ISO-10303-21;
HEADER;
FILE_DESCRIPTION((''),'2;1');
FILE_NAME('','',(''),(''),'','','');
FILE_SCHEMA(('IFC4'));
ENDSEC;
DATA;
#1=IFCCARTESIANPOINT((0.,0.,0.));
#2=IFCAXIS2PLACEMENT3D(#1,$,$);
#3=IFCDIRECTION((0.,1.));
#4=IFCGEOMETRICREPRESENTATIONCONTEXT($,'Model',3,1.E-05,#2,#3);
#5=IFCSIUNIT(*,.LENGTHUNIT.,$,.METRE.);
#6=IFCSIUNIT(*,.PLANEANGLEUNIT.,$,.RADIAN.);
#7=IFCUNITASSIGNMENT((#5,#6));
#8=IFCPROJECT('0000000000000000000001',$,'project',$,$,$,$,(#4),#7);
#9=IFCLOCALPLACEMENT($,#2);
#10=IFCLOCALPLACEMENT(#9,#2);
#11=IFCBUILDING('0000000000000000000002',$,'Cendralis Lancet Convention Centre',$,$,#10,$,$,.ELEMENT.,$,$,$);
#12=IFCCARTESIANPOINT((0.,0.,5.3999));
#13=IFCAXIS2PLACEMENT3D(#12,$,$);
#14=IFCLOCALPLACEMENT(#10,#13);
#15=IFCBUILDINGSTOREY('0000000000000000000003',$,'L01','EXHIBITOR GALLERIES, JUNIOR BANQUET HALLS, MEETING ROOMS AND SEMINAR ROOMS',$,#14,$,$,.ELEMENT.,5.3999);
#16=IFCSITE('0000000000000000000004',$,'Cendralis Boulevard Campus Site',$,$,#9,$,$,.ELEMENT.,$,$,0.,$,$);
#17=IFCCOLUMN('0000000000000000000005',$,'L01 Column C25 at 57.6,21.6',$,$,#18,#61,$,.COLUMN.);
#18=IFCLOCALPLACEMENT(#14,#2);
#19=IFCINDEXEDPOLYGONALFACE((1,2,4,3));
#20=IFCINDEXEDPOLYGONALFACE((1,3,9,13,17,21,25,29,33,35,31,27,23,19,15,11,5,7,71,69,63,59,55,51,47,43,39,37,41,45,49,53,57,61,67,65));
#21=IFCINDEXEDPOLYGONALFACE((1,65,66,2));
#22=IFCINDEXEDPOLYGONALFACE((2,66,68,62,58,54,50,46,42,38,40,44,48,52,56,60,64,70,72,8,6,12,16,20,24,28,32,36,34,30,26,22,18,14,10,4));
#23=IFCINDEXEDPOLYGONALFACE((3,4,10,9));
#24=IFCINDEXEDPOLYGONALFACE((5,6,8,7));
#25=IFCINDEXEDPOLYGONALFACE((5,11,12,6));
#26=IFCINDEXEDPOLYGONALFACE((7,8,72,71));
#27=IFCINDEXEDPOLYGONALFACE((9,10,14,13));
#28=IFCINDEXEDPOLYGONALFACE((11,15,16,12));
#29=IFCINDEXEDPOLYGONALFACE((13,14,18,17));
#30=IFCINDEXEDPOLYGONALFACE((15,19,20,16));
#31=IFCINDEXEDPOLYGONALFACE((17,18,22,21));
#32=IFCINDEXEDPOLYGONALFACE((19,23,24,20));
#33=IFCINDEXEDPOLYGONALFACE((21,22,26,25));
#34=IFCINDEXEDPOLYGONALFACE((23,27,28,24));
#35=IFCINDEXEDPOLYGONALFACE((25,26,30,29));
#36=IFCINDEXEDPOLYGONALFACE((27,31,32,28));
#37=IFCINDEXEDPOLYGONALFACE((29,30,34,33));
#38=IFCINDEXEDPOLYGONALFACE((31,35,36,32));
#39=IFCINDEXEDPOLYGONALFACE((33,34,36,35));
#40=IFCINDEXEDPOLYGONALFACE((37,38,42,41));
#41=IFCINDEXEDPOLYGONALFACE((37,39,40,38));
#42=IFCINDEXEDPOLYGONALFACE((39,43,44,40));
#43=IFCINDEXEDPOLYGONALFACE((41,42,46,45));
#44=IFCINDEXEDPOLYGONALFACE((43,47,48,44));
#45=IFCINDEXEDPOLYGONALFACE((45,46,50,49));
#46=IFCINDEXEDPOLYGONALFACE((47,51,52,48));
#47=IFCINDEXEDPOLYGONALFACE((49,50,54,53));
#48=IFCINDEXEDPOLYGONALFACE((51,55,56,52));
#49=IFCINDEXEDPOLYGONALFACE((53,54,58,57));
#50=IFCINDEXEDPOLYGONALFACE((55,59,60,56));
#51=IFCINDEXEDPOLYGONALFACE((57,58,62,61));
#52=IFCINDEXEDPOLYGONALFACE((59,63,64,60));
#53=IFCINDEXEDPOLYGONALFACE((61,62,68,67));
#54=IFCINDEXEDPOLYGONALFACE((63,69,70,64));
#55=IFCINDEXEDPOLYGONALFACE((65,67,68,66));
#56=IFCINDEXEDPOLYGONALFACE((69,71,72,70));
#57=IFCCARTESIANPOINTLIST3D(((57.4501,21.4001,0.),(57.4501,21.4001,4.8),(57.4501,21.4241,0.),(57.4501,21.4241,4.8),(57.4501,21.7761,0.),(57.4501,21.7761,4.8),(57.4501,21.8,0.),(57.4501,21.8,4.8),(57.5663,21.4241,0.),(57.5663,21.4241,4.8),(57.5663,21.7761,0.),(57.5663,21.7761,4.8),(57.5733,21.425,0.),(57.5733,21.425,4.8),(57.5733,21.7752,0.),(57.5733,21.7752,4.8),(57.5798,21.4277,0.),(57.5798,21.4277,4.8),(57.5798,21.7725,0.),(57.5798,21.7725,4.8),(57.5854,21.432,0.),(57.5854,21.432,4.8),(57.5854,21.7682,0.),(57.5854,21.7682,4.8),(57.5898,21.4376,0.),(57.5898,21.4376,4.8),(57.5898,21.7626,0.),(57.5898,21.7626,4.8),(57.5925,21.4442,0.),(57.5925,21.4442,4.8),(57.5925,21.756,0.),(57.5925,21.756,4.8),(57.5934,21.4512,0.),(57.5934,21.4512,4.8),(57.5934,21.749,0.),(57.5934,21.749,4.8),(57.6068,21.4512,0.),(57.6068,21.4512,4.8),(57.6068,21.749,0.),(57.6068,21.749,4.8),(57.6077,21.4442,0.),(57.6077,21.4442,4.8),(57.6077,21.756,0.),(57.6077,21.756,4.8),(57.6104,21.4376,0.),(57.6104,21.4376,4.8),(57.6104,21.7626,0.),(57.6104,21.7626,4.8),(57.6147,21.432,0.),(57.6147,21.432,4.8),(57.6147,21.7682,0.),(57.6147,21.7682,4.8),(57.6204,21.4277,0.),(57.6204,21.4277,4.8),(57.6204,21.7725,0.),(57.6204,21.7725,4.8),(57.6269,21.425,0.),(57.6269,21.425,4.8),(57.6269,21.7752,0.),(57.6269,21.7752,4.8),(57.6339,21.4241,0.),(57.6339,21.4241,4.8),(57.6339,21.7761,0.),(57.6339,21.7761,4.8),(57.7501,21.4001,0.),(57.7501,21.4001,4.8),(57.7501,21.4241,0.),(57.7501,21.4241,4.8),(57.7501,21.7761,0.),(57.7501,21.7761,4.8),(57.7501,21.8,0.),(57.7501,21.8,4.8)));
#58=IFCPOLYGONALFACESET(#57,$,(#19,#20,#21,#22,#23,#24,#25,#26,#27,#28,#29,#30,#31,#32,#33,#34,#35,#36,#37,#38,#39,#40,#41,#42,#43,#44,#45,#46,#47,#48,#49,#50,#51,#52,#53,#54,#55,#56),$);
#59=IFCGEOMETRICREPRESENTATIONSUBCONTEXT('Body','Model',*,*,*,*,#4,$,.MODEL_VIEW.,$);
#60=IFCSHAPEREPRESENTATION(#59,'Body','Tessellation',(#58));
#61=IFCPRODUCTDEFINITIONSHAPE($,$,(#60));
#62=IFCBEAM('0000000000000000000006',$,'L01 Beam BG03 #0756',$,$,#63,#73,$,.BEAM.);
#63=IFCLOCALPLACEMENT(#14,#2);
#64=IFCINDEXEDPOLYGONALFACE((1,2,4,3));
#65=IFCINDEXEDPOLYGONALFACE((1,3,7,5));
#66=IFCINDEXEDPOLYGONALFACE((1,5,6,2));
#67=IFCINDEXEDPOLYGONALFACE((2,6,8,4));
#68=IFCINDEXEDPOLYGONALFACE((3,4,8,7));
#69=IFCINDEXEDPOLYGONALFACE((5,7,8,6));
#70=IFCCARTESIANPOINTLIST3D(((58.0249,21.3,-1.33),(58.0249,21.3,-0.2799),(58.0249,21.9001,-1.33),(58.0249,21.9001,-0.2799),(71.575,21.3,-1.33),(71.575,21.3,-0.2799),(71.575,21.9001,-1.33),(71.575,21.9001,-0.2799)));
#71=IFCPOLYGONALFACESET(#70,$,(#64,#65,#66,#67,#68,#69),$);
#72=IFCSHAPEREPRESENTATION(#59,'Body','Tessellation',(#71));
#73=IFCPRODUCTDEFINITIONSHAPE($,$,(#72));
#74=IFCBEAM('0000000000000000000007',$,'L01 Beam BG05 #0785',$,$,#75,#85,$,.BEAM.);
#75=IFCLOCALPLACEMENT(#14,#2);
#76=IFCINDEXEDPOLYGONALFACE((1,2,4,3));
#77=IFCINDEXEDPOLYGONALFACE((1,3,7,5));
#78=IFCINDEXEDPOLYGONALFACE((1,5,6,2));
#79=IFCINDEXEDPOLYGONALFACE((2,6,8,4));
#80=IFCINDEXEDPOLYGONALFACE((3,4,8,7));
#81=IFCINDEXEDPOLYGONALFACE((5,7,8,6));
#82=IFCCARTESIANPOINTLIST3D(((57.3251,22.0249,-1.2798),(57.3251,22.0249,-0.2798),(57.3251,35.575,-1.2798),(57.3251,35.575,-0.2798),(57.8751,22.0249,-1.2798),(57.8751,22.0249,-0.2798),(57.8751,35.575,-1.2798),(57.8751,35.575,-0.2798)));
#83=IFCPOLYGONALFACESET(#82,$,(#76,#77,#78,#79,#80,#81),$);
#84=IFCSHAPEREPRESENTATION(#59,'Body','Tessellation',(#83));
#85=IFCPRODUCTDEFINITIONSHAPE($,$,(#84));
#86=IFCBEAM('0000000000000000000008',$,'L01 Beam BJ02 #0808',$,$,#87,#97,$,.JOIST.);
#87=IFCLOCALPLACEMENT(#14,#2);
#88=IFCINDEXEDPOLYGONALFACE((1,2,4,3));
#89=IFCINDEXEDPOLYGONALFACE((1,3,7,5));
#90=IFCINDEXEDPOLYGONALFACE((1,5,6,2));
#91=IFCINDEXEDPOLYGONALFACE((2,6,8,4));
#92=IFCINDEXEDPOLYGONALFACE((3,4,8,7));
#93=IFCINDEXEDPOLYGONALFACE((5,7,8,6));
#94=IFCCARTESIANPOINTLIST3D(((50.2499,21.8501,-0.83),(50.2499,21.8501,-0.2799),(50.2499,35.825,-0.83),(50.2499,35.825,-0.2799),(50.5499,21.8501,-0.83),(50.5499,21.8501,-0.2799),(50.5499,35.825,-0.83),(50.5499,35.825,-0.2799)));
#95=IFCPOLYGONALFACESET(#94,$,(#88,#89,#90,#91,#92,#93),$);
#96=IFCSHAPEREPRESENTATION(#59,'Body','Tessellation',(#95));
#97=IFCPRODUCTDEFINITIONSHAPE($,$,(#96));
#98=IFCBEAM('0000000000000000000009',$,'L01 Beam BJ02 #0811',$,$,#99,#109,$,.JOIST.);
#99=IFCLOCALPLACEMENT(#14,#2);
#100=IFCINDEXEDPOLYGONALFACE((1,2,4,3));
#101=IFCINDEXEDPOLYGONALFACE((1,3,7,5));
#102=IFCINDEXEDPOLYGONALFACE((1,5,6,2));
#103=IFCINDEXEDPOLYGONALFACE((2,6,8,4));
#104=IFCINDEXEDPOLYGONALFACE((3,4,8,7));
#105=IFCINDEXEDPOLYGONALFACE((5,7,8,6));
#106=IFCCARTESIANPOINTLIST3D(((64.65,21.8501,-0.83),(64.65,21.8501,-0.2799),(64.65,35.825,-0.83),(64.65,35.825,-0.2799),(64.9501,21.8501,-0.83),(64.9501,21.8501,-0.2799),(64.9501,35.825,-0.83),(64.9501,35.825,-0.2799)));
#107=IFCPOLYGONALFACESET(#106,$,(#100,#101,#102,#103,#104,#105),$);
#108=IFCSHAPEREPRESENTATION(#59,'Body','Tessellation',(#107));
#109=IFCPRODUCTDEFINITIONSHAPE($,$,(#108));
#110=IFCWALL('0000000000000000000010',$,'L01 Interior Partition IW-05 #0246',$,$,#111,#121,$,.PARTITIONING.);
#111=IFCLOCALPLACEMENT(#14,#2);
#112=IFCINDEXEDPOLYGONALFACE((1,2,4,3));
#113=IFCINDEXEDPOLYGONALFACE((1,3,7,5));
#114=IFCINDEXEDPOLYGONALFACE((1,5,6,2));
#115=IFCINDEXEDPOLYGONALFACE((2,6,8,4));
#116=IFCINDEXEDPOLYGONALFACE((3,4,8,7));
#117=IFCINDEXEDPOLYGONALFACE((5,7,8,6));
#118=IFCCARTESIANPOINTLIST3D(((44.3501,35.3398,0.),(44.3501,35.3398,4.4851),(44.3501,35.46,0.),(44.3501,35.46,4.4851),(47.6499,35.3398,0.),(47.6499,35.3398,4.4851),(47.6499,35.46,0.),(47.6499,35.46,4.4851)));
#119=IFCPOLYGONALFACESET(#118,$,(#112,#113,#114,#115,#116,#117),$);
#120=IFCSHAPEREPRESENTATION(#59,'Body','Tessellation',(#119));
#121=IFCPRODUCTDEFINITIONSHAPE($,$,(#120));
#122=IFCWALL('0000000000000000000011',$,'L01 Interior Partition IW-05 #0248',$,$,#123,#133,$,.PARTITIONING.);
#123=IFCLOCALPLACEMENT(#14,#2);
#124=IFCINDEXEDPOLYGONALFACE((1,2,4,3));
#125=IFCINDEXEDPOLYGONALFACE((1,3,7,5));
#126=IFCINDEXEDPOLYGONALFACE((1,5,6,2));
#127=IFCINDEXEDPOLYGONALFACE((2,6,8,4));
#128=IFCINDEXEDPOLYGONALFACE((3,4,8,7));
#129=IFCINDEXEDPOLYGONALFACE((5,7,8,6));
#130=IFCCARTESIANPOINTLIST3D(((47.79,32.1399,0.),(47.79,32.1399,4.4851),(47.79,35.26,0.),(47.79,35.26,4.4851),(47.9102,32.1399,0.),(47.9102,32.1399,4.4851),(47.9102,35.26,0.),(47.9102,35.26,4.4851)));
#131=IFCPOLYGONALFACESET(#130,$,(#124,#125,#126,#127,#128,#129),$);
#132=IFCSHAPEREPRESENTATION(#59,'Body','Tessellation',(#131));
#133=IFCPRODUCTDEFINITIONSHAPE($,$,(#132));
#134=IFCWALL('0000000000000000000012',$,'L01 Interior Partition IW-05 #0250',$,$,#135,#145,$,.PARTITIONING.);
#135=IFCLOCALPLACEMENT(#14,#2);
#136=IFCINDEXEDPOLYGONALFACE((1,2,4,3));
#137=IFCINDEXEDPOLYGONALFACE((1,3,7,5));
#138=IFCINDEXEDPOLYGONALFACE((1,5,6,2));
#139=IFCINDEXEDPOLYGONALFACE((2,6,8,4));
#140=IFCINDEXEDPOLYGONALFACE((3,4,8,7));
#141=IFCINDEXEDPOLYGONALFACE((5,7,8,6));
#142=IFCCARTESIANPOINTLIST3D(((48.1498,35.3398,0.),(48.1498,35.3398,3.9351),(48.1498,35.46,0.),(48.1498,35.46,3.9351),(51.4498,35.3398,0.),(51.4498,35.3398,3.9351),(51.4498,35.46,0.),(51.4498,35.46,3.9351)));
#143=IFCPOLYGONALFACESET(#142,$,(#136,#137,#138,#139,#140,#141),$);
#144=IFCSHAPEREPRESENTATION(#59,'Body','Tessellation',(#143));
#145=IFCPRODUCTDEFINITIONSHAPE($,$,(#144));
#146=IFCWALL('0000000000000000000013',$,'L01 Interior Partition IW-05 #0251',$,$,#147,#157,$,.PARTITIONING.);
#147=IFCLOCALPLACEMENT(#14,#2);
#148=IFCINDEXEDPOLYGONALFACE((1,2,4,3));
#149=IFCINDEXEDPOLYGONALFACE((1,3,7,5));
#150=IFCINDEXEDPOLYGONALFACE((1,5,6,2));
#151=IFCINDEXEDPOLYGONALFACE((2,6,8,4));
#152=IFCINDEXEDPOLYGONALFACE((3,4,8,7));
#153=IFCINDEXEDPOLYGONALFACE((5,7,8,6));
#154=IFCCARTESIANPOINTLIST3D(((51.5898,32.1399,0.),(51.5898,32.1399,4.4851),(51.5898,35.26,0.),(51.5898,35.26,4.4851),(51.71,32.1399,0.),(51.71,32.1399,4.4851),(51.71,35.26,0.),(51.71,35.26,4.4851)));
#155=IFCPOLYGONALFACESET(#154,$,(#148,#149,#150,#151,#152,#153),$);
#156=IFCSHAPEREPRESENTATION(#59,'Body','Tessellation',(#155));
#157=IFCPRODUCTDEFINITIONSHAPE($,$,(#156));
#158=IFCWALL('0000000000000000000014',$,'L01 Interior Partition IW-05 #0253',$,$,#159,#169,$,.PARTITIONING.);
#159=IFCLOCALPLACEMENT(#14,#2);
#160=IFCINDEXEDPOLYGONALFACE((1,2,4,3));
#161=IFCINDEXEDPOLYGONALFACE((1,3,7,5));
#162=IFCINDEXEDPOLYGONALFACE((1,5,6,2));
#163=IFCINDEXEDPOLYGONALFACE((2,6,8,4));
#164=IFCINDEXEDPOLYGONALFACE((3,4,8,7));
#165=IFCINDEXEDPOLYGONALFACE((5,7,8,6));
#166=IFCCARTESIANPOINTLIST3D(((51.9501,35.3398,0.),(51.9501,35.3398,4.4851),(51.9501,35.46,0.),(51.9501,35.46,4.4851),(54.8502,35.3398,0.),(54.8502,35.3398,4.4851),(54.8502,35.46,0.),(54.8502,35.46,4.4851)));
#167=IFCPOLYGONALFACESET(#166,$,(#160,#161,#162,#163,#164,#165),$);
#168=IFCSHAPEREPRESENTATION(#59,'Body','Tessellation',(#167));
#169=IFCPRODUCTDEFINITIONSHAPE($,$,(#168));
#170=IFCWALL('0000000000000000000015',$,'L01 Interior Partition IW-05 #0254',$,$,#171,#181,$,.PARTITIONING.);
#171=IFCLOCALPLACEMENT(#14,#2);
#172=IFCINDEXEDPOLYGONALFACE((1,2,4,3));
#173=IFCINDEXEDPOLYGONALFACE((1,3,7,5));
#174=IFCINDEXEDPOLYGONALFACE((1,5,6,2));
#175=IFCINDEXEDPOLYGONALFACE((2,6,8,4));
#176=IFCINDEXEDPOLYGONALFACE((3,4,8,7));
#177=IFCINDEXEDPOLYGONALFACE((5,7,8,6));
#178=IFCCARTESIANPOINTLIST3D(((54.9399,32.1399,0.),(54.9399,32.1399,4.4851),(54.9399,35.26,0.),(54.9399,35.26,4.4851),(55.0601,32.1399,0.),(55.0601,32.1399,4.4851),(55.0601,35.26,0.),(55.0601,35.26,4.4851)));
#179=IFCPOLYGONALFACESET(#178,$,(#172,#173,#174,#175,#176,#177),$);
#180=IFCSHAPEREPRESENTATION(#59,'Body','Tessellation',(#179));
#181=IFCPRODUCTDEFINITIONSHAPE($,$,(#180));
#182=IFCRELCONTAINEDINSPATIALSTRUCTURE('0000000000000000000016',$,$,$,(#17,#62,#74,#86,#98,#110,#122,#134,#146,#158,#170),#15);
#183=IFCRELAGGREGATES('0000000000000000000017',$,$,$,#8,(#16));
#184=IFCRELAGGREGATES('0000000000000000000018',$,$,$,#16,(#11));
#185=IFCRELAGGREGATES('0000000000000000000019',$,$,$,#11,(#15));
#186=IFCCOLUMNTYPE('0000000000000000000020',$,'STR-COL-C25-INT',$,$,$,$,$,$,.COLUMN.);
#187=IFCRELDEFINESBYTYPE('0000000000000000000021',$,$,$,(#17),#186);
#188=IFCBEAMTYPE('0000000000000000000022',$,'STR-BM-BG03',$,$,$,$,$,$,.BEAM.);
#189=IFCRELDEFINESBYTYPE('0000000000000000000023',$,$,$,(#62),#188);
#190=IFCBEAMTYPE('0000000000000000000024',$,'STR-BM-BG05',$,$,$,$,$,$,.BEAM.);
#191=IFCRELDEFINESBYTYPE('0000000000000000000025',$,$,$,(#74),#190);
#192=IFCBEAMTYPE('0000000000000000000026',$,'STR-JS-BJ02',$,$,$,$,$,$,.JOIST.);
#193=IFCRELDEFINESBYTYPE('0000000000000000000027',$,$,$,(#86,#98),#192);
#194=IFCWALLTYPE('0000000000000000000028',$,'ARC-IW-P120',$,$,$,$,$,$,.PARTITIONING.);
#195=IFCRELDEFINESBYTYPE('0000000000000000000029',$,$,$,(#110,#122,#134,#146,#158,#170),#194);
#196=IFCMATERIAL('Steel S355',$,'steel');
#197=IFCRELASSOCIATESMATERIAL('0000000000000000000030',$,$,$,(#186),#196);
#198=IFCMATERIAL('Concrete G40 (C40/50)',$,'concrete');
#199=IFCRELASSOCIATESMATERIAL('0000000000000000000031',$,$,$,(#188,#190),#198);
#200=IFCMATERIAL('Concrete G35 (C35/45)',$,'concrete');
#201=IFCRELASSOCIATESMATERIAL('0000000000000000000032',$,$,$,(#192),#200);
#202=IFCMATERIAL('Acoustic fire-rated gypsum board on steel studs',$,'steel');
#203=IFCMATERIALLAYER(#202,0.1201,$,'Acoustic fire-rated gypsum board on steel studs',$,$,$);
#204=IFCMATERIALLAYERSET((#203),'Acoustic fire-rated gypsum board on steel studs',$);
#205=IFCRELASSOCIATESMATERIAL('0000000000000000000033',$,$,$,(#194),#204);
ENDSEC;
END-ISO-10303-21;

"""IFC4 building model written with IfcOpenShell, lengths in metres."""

from ifc_helpers import new_model, si_unit, direction, frame, frame_2d, origin, origin_2d, place, context, subcontext, project, spatial, rectangle, i_section, extrude, material, layer, layer_set, material_profile, profile_set, type_object, element, save


model = new_model("IFC4")

# Units and contexts
model_context = context("Model", 3, precision=1e-05, world=origin(), true_north=direction((0.0, 1.0)))
body_context = subcontext(model_context, "Body", "Model", "MODEL_VIEW")
ifc_project = project(units=[si_unit("LENGTHUNIT", "METRE"), si_unit("PLANEANGLEUNIT", "RADIAN")], contexts=[model_context])

# Site, building, storey
site_placement = place(None, origin())
site = spatial("IfcSite", under=ifc_project, at=site_placement, Name="Cendralis Boulevard Campus Site", CompositionType="ELEMENT", RefElevation=0.0)
building_placement = place(site_placement, origin())
building = spatial("IfcBuilding", under=site, at=building_placement, Name="Cendralis Lancet Convention Centre", CompositionType="ELEMENT")
storey_placement = place(building_placement, frame((0.0, 0.0, 5.3999)))
storey = spatial("IfcBuildingStorey", under=building, at=storey_placement, Name="L01", Description="EXHIBITOR GALLERIES, JUNIOR BANQUET HALLS, MEETING ROOMS AND SEMINAR ROOMS", CompositionType="ELEMENT", Elevation=5.3999)

# Column
ifc_material_1 = material(Name="Steel S355", Category="steel")
ifc_material_profile_1 = material_profile(ifc_material_1, i_section(OverallWidth=0.3, OverallDepth=0.3999, WebThickness=0.0134, FlangeThickness=0.0239, FilletRadius=0.0271, at=origin_2d()), Name="HEB 400")
ifc_profile_set_1 = profile_set([ifc_material_profile_1], Name="Steel S355")
column_type = type_object("IfcColumnType", Name="STR-COL-C25-INT", PredefinedType="COLUMN", material=ifc_profile_set_1)
column_placement = place(storey_placement, frame((57.6001, 21.6001, 0.0), z_axis=(0.0, 0.0, 1.0), x_axis=(1.0, 0.0, 0.0)))
element("IfcColumn", 1, at=column_placement, inside=storey, type_object=column_type, Name="L01 Column C25 at 57.6,21.6", PredefinedType="COLUMN", context=body_context, shape_type="SweptSolid", body=[
    extrude(i_section(OverallWidth=0.3, OverallDepth=0.3999, WebThickness=0.0134, FlangeThickness=0.0239, FilletRadius=0.0271, at=origin_2d()), origin(), (0.0, 0.0, 1.0), 4.8),
])

# Beams
ifc_material_2 = material(Name="Concrete G40 (C40/50)", Category="concrete")
ifc_material_profile_2 = material_profile(ifc_material_2, rectangle(XDim=0.6001, YDim=1.05, at=origin_2d()), Name="RCB 600x1050")
ifc_profile_set_2 = profile_set([ifc_material_profile_2], Name="Concrete G40 (C40/50)")
beam_type_1 = type_object("IfcBeamType", Name="STR-BM-BG03", PredefinedType="BEAM", material=ifc_profile_set_2)
beam_1_placement = place(storey_placement, frame((58.0249, 21.6001, -0.8049), z_axis=(1.0, 0.0, 0.0), x_axis=(0.0, 1.0, 0.0)))
element("IfcBeam", 2, at=beam_1_placement, inside=storey, type_object=beam_type_1, Name="L01 Beam BG03 #0756", PredefinedType="BEAM", context=body_context, shape_type="SweptSolid", body=[
    extrude(rectangle(XDim=0.6001, YDim=1.05, at=origin_2d()), origin(), (0.0, 0.0, 1.0), 13.55),
])
ifc_material_profile_3 = material_profile(ifc_material_2, rectangle(XDim=0.55, YDim=1.0, at=origin_2d()), Name="RCB 550x1000")
ifc_profile_set_3 = profile_set([ifc_material_profile_3], Name="Concrete G40 (C40/50)")
beam_type_2 = type_object("IfcBeamType", Name="STR-BM-BG05", PredefinedType="BEAM", material=ifc_profile_set_3)
beam_2_placement = place(storey_placement, frame((57.6001, 22.0249, -0.7798), z_axis=(0.0, 1.0, 0.0), x_axis=(-1.0, 0.0, 0.0)))
element("IfcBeam", 3, at=beam_2_placement, inside=storey, type_object=beam_type_2, Name="L01 Beam BG05 #0785", PredefinedType="BEAM", context=body_context, shape_type="SweptSolid", body=[
    extrude(rectangle(XDim=0.55, YDim=1.0, at=origin_2d()), origin(), (0.0, 0.0, 1.0), 13.55),
])
ifc_material_3 = material(Name="Concrete G35 (C35/45)", Category="concrete")
ifc_material_profile_4 = material_profile(ifc_material_3, rectangle(XDim=0.3, YDim=0.55, at=origin_2d()), Name="RCB 300x550")
ifc_profile_set_4 = profile_set([ifc_material_profile_4], Name="Concrete G35 (C35/45)")
beam_type_3 = type_object("IfcBeamType", Name="STR-JS-BJ02", PredefinedType="JOIST", material=ifc_profile_set_4)
for number, where, z_axis, x_axis, name in (
    (4, (50.3999, 21.8501, -0.5549), (0.0, 1.0, 0.0), (-1.0, 0.0, 0.0), "L01 Beam BJ02 #0808"),
    (5, (64.8, 21.8501, -0.5549), (0.0, 1.0, 0.0), (-1.0, 0.0, 0.0), "L01 Beam BJ02 #0811"),
):
    element("IfcBeam", number, at=place(storey_placement, frame(where, z_axis=z_axis, x_axis=x_axis)), inside=storey, type_object=beam_type_3, Name=name, PredefinedType="JOIST", context=body_context, shape_type="SweptSolid", body=[
        extrude(rectangle(XDim=0.3, YDim=0.55, at=origin_2d()), origin(), (0.0, 0.0, 1.0), 13.9749),
    ])

# Walls
ifc_material_4 = material(Name="Acoustic fire-rated gypsum board on steel studs", Category="steel")
ifc_layer_1 = layer(ifc_material_4, 0.1201, Name="Acoustic fire-rated gypsum board on steel studs")
ifc_layer_set_1 = layer_set([ifc_layer_1], Name="Acoustic fire-rated gypsum board on steel studs")
wall_type_1 = type_object("IfcWallType", Name="ARC-IW-P120", PredefinedType="PARTITIONING", material=ifc_layer_set_1)
wall_1_placement = place(storey_placement, frame((44.3501, 35.3999, 0.0), z_axis=(0.0, 0.0, 1.0), x_axis=(1.0, 0.0, 0.0)))
element("IfcWall", 6, at=wall_1_placement, inside=storey, type_object=wall_type_1, Name="L01 Interior Partition IW-05 #0246", PredefinedType="PARTITIONING", context=body_context, shape_type="SweptSolid", body=[
    extrude(rectangle(XDim=3.2998, YDim=0.1201, at=frame_2d((1.6499, 0.0))), origin(), (0.0, 0.0, 1.0), 4.4851),
])
wall_2_placement = place(storey_placement, frame((47.8501, 32.1399, 0.0), z_axis=(0.0, 0.0, 1.0), x_axis=(0.0, 1.0, 0.0)))
element("IfcWall", 7, at=wall_2_placement, inside=storey, type_object=wall_type_1, Name="L01 Interior Partition IW-05 #0248", PredefinedType="PARTITIONING", context=body_context, shape_type="SweptSolid", body=[
    extrude(rectangle(XDim=3.1201, YDim=0.1201, at=frame_2d((1.5601, 0.0))), origin(), (0.0, 0.0, 1.0), 4.4851),
])

# Walls
wall_3_placement = place(storey_placement, frame((48.1499, 35.3999, 0.0), z_axis=(0.0, 0.0, 1.0), x_axis=(1.0, 0.0, 0.0)))
element("IfcWall", 8, at=wall_3_placement, inside=storey, type_object=wall_type_1, Name="L01 Interior Partition IW-05 #0250", PredefinedType="PARTITIONING", context=body_context, shape_type="SweptSolid", body=[
    extrude(rectangle(XDim=3.3, YDim=0.1201, at=frame_2d((1.6499, 0.0))), origin(), (0.0, 0.0, 1.0), 3.9351),
])
wall_4_placement = place(storey_placement, frame((51.6499, 32.1399, 0.0), z_axis=(0.0, 0.0, 1.0), x_axis=(0.0, 1.0, 0.0)))
element("IfcWall", 9, at=wall_4_placement, inside=storey, type_object=wall_type_1, Name="L01 Interior Partition IW-05 #0251", PredefinedType="PARTITIONING", context=body_context, shape_type="SweptSolid", body=[
    extrude(rectangle(XDim=3.1201, YDim=0.1201, at=frame_2d((1.5601, 0.0))), origin(), (0.0, 0.0, 1.0), 4.4851),
])

# Walls
wall_5_placement = place(storey_placement, frame((51.95, 35.3999, 0.0), z_axis=(0.0, 0.0, 1.0), x_axis=(1.0, 0.0, 0.0)))
element("IfcWall", 10, at=wall_5_placement, inside=storey, type_object=wall_type_1, Name="L01 Interior Partition IW-05 #0253", PredefinedType="PARTITIONING", context=body_context, shape_type="SweptSolid", body=[
    extrude(rectangle(XDim=2.9001, YDim=0.1201, at=frame_2d((1.4502, 0.0))), origin(), (0.0, 0.0, 1.0), 4.4851),
])
wall_6_placement = place(storey_placement, frame((55.0, 32.1399, 0.0), z_axis=(0.0, 0.0, 1.0), x_axis=(0.0, 1.0, 0.0)))
element("IfcWall", 11, at=wall_6_placement, inside=storey, type_object=wall_type_1, Name="L01 Interior Partition IW-05 #0254", PredefinedType="PARTITIONING", context=body_context, shape_type="SweptSolid", body=[
    extrude(rectangle(XDim=3.1201, YDim=0.1201, at=frame_2d((1.5601, 0.0))), origin(), (0.0, 0.0, 1.0), 4.4851),
])

save(model, "model.ifc")
